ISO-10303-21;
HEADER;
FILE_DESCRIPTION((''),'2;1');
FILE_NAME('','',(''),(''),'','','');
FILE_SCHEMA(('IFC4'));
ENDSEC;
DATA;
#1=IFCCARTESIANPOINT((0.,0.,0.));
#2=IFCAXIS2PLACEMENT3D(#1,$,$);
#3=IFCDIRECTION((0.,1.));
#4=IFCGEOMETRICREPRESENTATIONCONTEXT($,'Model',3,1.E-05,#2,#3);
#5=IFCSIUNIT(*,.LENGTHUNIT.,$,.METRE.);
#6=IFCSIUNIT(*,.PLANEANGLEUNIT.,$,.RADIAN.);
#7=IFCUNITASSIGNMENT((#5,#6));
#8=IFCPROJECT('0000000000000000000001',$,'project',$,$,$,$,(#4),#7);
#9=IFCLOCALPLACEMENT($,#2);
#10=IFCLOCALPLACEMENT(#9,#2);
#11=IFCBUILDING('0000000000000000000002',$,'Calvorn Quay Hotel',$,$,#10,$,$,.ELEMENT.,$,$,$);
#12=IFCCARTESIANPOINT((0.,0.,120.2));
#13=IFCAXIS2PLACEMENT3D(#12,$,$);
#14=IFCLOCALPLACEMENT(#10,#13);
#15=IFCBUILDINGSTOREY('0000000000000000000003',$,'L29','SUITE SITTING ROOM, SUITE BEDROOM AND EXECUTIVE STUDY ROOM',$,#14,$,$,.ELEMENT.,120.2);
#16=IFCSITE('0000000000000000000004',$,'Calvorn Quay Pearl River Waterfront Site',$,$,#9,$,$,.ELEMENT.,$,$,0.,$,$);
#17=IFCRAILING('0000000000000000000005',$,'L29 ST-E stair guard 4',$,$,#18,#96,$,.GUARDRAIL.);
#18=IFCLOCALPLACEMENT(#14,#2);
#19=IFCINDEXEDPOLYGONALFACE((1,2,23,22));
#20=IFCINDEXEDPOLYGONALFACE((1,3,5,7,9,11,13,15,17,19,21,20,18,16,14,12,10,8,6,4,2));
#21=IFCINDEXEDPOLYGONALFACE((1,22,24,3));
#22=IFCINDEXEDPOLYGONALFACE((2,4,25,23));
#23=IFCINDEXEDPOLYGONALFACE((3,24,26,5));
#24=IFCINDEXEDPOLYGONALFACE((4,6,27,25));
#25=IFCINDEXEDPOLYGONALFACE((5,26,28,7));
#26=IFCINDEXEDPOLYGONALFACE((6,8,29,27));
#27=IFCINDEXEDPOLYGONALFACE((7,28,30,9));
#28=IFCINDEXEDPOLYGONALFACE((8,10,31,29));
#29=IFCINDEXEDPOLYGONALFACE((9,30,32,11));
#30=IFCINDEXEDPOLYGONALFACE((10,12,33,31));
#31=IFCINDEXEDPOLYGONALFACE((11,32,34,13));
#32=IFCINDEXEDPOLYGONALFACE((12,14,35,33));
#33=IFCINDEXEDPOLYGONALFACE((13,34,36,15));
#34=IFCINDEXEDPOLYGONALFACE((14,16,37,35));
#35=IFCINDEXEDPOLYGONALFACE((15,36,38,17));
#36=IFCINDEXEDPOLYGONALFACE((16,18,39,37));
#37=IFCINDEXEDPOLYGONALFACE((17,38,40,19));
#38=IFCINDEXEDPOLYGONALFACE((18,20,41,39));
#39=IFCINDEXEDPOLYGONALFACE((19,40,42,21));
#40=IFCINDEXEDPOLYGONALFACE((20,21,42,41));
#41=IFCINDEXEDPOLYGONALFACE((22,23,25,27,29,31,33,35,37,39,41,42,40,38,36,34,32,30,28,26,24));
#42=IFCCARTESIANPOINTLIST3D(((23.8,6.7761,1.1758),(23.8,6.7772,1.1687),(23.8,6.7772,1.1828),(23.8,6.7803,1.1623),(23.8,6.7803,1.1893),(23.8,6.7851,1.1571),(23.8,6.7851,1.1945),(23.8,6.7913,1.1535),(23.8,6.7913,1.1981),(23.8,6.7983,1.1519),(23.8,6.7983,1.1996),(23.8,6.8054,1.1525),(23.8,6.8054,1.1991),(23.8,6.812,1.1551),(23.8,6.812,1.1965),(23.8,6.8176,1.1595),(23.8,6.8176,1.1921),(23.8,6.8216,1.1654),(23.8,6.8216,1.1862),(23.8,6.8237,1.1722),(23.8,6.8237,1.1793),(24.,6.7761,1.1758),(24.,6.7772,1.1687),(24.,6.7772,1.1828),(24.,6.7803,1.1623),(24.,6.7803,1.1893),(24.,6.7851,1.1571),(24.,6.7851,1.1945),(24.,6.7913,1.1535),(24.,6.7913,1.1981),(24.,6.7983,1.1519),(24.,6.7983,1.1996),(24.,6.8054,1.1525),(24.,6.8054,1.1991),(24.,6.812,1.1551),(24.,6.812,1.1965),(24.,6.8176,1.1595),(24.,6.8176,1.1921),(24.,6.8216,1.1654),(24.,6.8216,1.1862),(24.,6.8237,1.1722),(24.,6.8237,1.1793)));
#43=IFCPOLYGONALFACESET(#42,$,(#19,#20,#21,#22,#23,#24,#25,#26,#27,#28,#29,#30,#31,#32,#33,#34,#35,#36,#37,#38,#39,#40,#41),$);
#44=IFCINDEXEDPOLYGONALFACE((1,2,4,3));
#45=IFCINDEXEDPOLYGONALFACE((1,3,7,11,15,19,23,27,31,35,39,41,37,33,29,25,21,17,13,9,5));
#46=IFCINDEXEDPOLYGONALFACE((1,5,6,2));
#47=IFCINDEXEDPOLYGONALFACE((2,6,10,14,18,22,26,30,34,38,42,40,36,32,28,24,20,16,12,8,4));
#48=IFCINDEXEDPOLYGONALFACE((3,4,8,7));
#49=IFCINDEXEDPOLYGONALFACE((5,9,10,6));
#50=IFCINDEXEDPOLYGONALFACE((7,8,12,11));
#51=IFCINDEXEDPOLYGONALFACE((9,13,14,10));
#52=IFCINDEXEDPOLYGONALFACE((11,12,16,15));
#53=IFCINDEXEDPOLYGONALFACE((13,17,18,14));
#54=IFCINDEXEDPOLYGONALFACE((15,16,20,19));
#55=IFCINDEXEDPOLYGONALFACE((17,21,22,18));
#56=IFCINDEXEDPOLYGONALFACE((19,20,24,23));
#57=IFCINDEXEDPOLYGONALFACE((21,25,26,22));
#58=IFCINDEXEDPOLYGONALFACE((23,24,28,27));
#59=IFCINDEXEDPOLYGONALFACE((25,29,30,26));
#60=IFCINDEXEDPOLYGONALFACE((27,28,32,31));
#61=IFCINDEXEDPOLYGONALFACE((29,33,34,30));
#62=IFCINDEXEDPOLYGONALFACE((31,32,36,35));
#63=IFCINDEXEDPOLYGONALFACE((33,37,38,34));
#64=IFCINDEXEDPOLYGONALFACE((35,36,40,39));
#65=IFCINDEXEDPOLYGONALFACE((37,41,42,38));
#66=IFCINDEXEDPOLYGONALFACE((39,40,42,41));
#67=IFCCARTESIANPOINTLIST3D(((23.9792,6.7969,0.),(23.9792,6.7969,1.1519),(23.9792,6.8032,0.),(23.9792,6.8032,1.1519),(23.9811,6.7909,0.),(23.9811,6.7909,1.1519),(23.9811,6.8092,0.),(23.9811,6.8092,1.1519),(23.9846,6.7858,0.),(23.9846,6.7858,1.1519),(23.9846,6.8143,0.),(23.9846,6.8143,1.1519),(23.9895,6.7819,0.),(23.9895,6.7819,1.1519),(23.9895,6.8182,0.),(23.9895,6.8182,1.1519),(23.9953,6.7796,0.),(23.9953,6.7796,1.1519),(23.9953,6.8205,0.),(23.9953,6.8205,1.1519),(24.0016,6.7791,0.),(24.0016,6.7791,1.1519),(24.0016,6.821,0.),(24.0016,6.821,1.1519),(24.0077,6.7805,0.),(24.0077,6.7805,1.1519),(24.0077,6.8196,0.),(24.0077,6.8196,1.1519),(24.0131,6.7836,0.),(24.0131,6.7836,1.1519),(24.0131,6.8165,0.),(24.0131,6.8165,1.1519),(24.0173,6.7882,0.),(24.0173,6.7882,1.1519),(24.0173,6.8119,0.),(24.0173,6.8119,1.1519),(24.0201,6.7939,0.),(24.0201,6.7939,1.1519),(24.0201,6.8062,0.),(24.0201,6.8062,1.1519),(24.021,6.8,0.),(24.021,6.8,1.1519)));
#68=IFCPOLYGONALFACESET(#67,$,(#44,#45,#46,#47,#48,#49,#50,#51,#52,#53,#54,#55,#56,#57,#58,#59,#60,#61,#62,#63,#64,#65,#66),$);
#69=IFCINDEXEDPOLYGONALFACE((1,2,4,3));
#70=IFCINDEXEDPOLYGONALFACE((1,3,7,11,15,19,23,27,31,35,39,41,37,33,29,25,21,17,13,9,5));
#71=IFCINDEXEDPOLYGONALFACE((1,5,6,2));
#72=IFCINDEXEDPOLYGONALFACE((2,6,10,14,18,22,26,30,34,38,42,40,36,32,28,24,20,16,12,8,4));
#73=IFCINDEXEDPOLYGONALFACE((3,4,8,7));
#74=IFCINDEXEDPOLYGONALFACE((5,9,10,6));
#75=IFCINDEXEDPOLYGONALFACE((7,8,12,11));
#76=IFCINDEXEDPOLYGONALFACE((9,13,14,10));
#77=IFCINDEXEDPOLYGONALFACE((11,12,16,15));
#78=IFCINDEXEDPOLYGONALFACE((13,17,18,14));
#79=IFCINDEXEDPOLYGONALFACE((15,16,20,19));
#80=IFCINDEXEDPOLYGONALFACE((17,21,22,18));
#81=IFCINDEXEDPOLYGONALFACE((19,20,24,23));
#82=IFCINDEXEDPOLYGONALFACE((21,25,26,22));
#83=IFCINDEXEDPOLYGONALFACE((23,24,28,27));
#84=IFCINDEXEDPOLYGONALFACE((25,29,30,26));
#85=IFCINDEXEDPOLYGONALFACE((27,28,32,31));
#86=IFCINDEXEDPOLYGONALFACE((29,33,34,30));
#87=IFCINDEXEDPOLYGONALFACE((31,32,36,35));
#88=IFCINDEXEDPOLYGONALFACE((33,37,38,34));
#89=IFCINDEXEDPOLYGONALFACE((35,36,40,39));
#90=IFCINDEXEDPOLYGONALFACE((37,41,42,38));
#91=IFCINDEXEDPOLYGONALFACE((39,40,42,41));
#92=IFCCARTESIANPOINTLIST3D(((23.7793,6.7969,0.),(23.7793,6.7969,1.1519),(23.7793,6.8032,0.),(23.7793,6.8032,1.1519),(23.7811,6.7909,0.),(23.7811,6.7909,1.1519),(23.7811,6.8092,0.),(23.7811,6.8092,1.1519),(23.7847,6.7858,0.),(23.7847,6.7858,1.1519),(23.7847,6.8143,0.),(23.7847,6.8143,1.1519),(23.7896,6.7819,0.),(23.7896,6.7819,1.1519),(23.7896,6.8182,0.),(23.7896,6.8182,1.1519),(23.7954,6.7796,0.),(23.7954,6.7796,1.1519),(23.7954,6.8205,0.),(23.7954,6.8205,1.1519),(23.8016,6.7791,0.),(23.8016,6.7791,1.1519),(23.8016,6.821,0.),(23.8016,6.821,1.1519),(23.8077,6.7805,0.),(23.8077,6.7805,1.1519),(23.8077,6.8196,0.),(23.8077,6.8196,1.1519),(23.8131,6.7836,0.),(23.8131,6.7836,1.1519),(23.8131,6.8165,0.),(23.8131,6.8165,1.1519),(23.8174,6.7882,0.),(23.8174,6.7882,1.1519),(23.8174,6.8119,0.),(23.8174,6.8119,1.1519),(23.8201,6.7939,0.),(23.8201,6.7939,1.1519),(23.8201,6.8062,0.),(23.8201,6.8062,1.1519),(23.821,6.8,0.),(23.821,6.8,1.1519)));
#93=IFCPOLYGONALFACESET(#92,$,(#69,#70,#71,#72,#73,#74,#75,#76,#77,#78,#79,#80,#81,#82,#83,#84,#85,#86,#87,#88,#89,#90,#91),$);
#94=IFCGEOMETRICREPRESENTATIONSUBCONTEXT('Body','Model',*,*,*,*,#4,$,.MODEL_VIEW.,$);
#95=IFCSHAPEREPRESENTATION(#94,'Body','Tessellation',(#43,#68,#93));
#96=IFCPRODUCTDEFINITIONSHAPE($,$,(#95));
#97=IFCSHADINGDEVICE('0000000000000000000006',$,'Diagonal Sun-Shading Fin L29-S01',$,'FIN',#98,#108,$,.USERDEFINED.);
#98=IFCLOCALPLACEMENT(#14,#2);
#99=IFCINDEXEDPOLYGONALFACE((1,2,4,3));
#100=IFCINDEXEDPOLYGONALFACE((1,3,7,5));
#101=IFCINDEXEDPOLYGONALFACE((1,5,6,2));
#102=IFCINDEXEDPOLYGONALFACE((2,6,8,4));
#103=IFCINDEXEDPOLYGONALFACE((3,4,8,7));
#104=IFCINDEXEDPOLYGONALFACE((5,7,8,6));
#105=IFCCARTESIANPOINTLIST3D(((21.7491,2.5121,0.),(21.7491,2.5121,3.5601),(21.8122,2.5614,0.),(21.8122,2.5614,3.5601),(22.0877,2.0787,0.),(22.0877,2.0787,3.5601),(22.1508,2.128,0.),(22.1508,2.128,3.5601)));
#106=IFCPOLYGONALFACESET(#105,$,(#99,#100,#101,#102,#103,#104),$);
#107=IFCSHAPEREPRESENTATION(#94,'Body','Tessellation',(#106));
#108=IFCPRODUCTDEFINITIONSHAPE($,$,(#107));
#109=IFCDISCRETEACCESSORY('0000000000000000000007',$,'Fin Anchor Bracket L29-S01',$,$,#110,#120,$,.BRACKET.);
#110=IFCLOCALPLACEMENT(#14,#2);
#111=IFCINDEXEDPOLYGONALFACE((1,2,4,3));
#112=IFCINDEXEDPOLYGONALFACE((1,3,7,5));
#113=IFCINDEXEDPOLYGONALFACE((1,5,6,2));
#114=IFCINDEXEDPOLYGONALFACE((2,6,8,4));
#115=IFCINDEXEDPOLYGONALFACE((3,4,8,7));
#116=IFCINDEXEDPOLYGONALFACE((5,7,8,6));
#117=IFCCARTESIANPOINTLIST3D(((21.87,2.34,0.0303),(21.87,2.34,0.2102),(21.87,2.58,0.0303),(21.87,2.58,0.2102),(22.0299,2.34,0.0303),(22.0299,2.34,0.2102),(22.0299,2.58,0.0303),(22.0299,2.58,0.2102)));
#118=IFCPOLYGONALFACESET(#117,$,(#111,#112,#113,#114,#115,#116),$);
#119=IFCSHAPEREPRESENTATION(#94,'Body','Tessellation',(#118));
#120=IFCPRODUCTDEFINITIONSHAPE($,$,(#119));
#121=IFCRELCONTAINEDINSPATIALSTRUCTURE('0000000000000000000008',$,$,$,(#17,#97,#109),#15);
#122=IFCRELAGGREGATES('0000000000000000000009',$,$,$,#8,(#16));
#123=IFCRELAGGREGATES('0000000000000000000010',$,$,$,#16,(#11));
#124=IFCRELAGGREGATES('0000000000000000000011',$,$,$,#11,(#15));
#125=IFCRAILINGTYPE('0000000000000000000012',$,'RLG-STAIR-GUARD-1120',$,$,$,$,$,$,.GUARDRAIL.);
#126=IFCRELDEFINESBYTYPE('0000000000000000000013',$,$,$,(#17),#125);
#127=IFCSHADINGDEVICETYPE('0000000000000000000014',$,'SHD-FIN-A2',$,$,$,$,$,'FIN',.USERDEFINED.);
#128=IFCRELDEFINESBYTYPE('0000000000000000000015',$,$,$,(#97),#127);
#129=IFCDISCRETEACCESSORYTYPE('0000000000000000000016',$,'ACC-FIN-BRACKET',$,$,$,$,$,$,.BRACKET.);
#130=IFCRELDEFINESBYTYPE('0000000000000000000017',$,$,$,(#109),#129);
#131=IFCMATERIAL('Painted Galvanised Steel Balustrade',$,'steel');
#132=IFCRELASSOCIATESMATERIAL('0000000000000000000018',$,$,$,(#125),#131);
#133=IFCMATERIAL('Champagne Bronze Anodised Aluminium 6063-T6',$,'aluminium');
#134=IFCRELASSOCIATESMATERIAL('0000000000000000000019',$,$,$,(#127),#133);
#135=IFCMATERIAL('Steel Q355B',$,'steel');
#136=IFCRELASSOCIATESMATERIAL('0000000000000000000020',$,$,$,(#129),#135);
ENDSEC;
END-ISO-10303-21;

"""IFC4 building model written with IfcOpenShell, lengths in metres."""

from ifc_helpers import new_model, si_unit, direction, frame, origin, origin_2d, place, context, subcontext, project, spatial, rectangle, circle, extrude, material, type_object, element, save


model = new_model("IFC4")

# Units and contexts
model_context = context("Model", 3, precision=1e-05, world=origin(), true_north=direction((0.0, 1.0)))
body_context = subcontext(model_context, "Body", "Model", "MODEL_VIEW")
ifc_project = project(units=[si_unit("LENGTHUNIT", "METRE"), si_unit("PLANEANGLEUNIT", "RADIAN")], contexts=[model_context])

# Site, building, storey
site_placement = place(None, origin())
site = spatial("IfcSite", under=ifc_project, at=site_placement, Name="Calvorn Quay Pearl River Waterfront Site", CompositionType="ELEMENT", RefElevation=0.0)
building_placement = place(site_placement, origin())
building = spatial("IfcBuilding", under=site, at=building_placement, Name="Calvorn Quay Hotel", CompositionType="ELEMENT")
storey_placement = place(building_placement, frame((0.0, 0.0, 120.2)))
storey = spatial("IfcBuildingStorey", under=building, at=storey_placement, Name="L29", Description="SUITE SITTING ROOM, SUITE BEDROOM AND EXECUTIVE STUDY ROOM", CompositionType="ELEMENT", Elevation=120.2)

# Railing
ifc_material_1 = material(Name="Painted Galvanised Steel Balustrade", Category="steel")
railing_type_1 = type_object("IfcRailingType", Name="RLG-STAIR-GUARD-1120", PredefinedType="GUARDRAIL", material=ifc_material_1)
railing_1_placement = place(storey_placement, frame((24.0, 6.8, 0.0)))
element("IfcRailing", 1, at=railing_1_placement, inside=storey, type_object=railing_type_1, Name="L29 ST-E stair guard 4", PredefinedType="GUARDRAIL", context=body_context, shape_type="SweptSolid", body=[
    extrude(circle(Radius=0.0239, at=origin_2d()), frame((0.0, 0.0, 1.1758), z_axis=(-1.0, 0.0, 0.0), x_axis=(0.0, -1.0, 0.0)), (0.0, 0.0, 1.0), 0.2),
    extrude(circle(Radius=0.021, at=origin_2d()), origin(), (0.0, 0.0, 1.0), 1.1519),
    extrude(circle(Radius=0.021, at=origin_2d()), frame((-0.2, 0.0, 0.0)), (0.0, 0.0, 1.0), 1.1519),
])

# Shading device
ifc_material_2 = material(Name="Champagne Bronze Anodised Aluminium 6063-T6", Category="aluminium")
shading_device_type = type_object("IfcShadingDeviceType", Name="SHD-FIN-A2", ElementType="FIN", PredefinedType="USERDEFINED", material=ifc_material_2)
shading_device_placement = place(storey_placement, frame((21.95, 2.3201, 0.0), z_axis=(0.0, 0.0, 1.0), x_axis=(-0.615661, 0.788011, 0.0)))
element("IfcShadingDevice", 2, at=shading_device_placement, inside=storey, type_object=shading_device_type, Name="Diagonal Sun-Shading Fin L29-S01", ObjectType="FIN", PredefinedType="USERDEFINED", context=body_context, shape_type="SweptSolid", body=[
    extrude(rectangle(XDim=0.55, YDim=0.0801, at=origin_2d()), origin(), (0.0, 0.0, 1.0), 3.5601),
])

# Discrete accessory
ifc_material_3 = material(Name="Steel Q355B", Category="steel")
discrete_accessory_type = type_object("IfcDiscreteAccessoryType", Name="ACC-FIN-BRACKET", PredefinedType="BRACKET", material=ifc_material_3)
discrete_accessory_placement = place(storey_placement, frame((21.95, 2.46, 0.0303), z_axis=(0.0, 0.0, 1.0), x_axis=(0.0, 1.0, 0.0)))
element("IfcDiscreteAccessory", 3, at=discrete_accessory_placement, inside=storey, type_object=discrete_accessory_type, Name="Fin Anchor Bracket L29-S01", PredefinedType="BRACKET", context=body_context, shape_type="SweptSolid", body=[
    extrude(rectangle(XDim=0.24, YDim=0.1599, at=origin_2d()), origin(), (0.0, 0.0, 1.0), 0.1799),
])

save(model, "model.ifc")
